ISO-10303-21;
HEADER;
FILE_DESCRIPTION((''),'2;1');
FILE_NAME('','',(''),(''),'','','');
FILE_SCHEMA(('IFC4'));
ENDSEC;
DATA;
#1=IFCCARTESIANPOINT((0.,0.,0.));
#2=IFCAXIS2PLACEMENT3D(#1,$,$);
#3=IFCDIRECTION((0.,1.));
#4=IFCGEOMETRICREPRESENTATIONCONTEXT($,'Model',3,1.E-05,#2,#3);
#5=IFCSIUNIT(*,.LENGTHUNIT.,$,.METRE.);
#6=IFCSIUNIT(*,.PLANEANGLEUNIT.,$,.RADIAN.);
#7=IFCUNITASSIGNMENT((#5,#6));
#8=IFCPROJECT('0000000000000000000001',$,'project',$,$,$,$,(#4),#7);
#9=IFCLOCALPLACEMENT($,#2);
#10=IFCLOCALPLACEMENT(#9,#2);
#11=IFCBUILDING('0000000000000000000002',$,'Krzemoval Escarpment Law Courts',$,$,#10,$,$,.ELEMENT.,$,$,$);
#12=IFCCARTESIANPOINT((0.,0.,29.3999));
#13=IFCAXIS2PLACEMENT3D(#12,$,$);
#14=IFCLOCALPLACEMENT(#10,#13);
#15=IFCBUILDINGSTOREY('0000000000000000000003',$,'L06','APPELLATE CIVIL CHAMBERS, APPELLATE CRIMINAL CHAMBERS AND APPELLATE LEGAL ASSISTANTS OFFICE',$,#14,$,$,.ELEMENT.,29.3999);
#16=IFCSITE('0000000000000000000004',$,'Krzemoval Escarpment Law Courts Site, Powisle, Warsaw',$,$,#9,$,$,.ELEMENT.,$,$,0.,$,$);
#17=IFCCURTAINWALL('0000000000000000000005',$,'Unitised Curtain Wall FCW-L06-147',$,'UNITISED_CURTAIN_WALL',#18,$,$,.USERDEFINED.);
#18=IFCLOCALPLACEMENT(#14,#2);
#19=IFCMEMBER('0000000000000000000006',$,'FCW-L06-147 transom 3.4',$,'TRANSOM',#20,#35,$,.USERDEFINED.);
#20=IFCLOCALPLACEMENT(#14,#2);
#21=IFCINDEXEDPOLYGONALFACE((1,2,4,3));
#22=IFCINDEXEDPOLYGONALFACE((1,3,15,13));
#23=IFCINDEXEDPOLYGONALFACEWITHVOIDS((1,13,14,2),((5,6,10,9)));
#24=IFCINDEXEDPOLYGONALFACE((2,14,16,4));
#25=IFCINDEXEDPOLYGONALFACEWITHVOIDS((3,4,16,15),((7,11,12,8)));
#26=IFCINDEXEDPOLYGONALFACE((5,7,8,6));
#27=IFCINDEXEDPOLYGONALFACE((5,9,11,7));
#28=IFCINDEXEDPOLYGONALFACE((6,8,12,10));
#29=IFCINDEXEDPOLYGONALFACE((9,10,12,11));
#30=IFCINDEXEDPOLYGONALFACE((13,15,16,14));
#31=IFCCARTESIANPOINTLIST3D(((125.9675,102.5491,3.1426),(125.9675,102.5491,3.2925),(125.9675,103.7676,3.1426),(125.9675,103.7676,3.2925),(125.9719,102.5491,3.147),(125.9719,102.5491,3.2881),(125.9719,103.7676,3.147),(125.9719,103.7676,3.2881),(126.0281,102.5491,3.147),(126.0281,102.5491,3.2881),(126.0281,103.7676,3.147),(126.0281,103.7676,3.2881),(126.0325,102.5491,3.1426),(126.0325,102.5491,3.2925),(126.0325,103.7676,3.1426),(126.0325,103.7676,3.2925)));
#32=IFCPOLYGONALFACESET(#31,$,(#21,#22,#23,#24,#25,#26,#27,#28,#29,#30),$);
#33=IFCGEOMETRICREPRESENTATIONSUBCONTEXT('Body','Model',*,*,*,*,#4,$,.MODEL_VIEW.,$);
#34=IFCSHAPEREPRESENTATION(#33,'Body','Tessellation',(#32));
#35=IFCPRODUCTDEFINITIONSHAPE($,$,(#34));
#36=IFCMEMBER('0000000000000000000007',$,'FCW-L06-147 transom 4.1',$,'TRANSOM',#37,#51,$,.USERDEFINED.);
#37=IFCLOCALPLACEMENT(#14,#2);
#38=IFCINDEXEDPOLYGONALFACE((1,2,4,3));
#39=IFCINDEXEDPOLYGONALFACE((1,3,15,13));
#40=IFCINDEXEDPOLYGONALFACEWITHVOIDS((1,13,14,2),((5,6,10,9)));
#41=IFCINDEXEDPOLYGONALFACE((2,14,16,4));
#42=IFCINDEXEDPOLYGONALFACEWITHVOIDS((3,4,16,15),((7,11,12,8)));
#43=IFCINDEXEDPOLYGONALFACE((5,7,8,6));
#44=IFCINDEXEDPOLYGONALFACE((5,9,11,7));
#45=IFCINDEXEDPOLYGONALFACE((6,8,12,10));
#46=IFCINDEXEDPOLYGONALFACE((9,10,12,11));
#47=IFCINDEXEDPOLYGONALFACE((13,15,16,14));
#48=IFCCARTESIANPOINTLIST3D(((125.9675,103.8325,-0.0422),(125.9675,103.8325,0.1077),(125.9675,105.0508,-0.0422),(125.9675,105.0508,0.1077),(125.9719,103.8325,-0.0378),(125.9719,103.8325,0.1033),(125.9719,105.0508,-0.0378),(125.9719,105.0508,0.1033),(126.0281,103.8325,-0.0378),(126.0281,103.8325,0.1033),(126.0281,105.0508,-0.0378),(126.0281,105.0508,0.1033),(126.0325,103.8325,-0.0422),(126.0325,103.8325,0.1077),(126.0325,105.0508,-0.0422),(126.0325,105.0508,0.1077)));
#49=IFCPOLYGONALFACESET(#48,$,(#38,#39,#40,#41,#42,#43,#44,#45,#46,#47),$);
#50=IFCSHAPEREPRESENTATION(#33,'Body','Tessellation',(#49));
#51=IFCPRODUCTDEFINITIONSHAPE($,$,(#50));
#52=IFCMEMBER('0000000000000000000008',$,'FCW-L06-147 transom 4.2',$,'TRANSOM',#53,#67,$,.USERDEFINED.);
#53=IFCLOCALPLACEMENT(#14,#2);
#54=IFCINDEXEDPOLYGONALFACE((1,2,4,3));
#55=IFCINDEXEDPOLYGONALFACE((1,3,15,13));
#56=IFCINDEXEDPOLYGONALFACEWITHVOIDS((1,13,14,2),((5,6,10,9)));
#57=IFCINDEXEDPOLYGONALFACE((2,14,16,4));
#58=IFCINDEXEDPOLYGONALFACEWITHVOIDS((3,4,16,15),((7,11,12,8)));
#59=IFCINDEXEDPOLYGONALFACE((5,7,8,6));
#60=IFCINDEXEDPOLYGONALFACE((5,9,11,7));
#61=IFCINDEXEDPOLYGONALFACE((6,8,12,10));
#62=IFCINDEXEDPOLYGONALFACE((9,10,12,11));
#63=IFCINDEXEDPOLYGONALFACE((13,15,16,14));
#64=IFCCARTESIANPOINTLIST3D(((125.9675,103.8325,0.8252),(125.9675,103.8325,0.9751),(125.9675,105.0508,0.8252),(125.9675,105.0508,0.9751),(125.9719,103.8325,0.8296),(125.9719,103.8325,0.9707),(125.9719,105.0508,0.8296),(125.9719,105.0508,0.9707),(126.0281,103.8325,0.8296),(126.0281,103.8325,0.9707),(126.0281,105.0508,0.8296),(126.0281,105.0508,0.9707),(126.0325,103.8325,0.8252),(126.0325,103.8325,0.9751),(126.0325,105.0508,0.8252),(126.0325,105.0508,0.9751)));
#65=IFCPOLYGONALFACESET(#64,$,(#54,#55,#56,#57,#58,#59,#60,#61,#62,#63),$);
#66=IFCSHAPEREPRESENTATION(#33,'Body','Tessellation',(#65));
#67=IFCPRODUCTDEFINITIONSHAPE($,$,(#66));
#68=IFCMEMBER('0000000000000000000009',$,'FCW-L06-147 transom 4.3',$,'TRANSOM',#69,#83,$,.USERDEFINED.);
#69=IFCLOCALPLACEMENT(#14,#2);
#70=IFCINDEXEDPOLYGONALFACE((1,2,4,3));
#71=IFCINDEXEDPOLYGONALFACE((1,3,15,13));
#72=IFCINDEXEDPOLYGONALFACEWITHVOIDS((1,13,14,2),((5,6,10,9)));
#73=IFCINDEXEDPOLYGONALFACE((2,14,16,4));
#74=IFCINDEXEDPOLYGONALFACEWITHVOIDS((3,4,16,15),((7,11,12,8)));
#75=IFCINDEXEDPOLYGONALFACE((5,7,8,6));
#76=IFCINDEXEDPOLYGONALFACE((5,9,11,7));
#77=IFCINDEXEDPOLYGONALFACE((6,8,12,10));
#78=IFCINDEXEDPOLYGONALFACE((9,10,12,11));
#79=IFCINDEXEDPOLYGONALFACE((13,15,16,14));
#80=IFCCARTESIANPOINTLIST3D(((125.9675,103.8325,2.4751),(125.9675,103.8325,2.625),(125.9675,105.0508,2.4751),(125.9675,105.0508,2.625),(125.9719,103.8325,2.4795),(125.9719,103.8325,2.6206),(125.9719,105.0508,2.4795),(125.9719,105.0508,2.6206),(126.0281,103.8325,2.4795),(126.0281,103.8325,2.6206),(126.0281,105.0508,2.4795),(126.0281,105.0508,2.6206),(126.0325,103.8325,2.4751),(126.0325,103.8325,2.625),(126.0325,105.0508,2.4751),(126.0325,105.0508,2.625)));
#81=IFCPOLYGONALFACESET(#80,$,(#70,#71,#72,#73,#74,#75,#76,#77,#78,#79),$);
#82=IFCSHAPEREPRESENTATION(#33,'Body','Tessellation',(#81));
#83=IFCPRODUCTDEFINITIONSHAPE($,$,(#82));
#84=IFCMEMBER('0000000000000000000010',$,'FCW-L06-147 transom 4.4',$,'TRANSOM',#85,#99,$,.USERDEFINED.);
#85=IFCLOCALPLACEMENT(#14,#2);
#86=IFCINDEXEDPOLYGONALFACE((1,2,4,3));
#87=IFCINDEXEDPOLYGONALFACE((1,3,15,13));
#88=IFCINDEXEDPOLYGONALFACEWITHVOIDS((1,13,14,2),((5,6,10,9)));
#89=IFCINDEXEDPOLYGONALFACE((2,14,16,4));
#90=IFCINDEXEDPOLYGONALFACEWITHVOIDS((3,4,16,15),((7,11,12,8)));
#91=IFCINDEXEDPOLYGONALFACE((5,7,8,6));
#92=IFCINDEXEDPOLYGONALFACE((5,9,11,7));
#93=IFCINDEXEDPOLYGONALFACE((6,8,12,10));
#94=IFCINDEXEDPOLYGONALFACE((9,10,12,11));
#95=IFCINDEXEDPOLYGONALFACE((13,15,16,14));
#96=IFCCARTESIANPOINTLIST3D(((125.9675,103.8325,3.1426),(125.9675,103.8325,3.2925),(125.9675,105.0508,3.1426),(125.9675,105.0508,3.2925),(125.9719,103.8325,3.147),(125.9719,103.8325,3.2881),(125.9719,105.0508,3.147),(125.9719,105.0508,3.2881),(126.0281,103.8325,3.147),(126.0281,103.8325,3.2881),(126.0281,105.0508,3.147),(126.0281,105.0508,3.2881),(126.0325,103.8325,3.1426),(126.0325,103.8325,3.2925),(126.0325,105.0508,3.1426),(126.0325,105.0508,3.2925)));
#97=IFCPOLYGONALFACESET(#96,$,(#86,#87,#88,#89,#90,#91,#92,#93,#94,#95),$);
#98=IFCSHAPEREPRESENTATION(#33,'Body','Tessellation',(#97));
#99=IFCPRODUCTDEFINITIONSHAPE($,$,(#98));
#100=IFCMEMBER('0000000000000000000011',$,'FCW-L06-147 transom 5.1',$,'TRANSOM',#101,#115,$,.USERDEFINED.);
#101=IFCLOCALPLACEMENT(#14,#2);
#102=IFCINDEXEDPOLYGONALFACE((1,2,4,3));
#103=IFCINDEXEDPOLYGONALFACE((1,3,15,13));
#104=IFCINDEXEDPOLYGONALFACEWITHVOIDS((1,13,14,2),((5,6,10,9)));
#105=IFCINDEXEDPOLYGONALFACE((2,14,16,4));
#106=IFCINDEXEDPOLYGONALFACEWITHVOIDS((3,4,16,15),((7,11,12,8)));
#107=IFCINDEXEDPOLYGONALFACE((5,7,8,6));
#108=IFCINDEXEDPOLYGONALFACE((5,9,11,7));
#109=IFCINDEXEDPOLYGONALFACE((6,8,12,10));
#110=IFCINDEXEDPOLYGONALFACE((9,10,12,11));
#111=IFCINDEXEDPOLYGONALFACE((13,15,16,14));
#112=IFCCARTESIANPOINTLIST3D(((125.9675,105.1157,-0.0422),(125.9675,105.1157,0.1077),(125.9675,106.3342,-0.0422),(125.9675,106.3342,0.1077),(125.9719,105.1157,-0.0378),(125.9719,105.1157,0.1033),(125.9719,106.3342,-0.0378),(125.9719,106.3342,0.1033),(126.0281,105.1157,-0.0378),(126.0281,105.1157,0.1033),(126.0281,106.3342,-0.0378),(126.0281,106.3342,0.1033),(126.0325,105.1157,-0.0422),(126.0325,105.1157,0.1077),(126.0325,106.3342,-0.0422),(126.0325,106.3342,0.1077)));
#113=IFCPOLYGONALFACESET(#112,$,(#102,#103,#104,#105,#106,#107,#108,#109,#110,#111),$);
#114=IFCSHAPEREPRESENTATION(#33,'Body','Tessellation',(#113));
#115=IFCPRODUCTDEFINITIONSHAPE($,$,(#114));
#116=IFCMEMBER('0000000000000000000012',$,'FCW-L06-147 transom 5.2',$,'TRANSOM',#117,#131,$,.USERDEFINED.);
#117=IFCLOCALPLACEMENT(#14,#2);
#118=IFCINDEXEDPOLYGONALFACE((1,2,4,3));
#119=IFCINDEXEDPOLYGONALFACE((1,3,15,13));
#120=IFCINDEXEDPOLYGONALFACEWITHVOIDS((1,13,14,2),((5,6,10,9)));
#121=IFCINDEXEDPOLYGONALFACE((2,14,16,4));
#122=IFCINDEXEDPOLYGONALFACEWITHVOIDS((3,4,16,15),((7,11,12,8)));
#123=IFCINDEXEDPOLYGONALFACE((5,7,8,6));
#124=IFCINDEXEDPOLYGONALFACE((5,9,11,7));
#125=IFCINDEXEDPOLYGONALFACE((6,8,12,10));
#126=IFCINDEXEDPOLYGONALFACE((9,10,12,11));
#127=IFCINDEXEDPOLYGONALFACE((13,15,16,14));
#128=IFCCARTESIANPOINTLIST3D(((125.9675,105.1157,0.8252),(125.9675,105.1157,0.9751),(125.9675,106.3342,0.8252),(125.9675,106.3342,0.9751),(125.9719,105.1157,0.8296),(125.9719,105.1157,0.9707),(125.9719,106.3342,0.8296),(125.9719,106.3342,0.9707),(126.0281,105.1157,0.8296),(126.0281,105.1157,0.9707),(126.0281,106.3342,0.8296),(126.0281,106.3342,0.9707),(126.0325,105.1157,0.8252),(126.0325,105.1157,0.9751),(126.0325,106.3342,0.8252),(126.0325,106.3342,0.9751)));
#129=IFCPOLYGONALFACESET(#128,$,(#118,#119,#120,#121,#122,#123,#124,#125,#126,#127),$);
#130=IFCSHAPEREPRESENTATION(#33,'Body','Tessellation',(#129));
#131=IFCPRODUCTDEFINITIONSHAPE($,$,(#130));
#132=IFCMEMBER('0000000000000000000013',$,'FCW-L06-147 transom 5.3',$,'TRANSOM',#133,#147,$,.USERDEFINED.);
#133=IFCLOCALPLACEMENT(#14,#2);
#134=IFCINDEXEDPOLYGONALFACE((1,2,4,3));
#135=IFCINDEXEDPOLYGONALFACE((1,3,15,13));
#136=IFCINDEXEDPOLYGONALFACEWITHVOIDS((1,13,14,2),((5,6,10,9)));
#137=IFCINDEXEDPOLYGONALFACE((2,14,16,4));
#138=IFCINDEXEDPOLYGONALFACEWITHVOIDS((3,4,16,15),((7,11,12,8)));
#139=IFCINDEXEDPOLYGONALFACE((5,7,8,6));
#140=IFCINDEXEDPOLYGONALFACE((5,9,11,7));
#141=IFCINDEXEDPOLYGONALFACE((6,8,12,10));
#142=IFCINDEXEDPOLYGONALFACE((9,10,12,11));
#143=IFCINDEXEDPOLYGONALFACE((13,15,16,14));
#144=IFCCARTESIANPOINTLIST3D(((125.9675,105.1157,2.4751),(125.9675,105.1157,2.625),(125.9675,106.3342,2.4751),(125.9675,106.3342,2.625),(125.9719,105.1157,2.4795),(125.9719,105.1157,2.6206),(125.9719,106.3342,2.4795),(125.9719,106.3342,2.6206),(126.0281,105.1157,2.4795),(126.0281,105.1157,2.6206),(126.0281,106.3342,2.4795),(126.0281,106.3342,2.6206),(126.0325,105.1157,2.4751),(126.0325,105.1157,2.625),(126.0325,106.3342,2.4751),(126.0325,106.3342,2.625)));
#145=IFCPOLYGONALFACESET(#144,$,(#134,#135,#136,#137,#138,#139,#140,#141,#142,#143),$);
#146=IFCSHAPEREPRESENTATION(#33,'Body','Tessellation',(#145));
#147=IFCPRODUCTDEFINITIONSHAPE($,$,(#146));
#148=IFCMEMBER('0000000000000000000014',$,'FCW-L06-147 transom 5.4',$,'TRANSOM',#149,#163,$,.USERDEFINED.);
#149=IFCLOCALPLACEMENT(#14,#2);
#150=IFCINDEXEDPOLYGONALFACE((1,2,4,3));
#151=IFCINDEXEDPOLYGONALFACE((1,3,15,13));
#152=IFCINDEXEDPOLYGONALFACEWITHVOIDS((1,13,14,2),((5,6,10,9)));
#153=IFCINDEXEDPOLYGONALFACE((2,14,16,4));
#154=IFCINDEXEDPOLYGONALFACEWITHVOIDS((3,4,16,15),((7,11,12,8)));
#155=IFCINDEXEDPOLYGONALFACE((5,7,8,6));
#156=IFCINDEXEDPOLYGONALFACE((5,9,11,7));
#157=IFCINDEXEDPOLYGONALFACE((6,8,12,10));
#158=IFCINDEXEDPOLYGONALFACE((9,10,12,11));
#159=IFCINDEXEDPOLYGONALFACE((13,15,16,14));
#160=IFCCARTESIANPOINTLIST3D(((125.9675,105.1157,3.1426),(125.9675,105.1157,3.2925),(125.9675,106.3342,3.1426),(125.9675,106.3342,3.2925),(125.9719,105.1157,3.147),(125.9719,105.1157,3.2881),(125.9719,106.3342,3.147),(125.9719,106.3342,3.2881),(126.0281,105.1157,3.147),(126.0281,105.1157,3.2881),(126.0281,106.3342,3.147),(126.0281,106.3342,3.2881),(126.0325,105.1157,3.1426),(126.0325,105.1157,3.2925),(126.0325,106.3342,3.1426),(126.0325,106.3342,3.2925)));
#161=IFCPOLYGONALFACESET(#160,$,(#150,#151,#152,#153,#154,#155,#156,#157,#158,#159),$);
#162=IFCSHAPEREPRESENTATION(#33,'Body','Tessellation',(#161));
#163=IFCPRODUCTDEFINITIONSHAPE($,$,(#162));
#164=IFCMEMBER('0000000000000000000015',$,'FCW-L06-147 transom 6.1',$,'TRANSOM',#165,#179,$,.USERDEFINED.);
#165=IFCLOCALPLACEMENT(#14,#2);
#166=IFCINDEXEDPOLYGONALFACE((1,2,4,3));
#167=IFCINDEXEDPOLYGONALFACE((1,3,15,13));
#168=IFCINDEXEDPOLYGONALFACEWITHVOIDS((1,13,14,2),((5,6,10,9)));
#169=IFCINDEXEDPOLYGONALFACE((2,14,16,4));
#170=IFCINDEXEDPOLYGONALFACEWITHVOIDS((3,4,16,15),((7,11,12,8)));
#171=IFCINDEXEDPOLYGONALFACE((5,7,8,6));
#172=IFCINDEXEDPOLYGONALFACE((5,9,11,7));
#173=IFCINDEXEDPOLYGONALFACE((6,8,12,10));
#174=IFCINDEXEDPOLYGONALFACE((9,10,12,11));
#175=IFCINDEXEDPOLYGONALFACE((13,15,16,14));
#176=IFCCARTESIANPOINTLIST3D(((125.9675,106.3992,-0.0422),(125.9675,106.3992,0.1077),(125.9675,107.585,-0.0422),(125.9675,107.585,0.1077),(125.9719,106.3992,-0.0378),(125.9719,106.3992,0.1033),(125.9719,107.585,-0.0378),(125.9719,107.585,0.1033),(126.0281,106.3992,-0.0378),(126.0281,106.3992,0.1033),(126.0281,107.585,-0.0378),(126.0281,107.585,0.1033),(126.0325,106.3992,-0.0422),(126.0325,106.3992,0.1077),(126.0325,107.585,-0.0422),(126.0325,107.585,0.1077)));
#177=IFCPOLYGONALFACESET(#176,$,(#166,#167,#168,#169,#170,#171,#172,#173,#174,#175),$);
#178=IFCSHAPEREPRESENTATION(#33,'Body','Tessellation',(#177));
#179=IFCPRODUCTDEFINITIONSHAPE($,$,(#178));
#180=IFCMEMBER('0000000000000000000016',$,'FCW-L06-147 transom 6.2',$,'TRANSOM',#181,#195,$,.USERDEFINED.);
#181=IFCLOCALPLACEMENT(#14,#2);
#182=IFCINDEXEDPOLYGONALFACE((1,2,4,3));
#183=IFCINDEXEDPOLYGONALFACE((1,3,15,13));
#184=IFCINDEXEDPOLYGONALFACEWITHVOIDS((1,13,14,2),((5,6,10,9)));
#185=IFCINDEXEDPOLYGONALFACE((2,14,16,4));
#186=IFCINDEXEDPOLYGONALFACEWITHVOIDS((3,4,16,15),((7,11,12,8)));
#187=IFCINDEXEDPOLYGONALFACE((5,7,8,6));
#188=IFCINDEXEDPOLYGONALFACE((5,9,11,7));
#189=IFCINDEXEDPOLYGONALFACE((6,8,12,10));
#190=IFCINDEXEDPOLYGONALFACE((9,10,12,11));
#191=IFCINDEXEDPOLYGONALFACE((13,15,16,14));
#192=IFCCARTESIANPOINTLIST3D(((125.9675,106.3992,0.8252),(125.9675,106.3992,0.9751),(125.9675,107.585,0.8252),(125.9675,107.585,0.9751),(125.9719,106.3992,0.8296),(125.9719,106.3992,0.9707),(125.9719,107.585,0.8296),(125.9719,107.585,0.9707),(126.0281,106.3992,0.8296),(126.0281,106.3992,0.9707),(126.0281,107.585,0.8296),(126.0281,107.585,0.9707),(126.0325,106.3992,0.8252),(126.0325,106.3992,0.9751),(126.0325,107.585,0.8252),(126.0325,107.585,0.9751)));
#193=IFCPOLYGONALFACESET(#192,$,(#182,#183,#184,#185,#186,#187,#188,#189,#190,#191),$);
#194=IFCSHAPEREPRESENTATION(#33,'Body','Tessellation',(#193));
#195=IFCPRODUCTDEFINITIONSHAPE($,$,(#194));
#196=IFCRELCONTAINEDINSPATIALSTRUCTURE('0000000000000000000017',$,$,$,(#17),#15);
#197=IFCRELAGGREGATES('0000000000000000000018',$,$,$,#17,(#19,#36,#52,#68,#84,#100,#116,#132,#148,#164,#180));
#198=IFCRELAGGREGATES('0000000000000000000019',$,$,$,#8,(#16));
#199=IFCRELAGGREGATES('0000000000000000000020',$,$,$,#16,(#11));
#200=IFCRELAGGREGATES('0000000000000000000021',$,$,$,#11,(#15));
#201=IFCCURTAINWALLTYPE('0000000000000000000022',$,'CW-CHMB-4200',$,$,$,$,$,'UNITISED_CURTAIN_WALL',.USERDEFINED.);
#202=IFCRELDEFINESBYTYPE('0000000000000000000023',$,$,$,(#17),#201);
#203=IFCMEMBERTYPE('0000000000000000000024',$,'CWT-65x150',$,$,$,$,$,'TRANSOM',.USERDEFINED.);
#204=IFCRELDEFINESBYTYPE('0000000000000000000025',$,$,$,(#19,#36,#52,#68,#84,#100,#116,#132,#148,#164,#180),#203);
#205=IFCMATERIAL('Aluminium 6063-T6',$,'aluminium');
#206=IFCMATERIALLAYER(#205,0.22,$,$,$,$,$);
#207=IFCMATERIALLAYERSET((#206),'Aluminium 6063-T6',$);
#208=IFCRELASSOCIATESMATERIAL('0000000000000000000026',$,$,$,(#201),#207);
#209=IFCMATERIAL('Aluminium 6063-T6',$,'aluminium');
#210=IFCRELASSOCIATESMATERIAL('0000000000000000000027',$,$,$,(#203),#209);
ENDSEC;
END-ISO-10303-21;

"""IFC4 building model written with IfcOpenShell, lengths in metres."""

from ifc_helpers import new_model, si_unit, direction, frame, origin, origin_2d, place, context, subcontext, project, spatial, hollow_rectangle, extrude, material, layer, layer_set, material_profile, profile_set, type_object, element, aggregate, save


model = new_model("IFC4")

# Units and contexts
model_context = context("Model", 3, precision=1e-05, world=origin(), true_north=direction((0.0, 1.0)))
body_context = subcontext(model_context, "Body", "Model", "MODEL_VIEW")
ifc_project = project(units=[si_unit("LENGTHUNIT", "METRE"), si_unit("PLANEANGLEUNIT", "RADIAN")], contexts=[model_context])

# Site, building, storey
site_placement = place(None, origin())
site = spatial("IfcSite", under=ifc_project, at=site_placement, Name="Krzemoval Escarpment Law Courts Site, Powisle, Warsaw", CompositionType="ELEMENT", RefElevation=0.0)
building_placement = place(site_placement, origin())
building = spatial("IfcBuilding", under=site, at=building_placement, Name="Krzemoval Escarpment Law Courts", CompositionType="ELEMENT")
storey_placement = place(building_placement, frame((0.0, 0.0, 29.3999)))
storey = spatial("IfcBuildingStorey", under=building, at=storey_placement, Name="L06", Description="APPELLATE CIVIL CHAMBERS, APPELLATE CRIMINAL CHAMBERS AND APPELLATE LEGAL ASSISTANTS OFFICE", CompositionType="ELEMENT", Elevation=29.3999)

# Curtain wall
ifc_material_1 = material(Name="Aluminium 6063-T6", Category="aluminium")
ifc_layer_1 = layer(ifc_material_1, 0.22)
ifc_layer_set_1 = layer_set([ifc_layer_1], Name="Aluminium 6063-T6")
curtain_wall_type = type_object("IfcCurtainWallType", Name="CW-CHMB-4200", ElementType="UNITISED_CURTAIN_WALL", PredefinedType="USERDEFINED", material=ifc_layer_set_1)
curtain_wall_1_placement = place(storey_placement, origin())
curtain_wall_1 = element("IfcCurtainWall", 1, at=curtain_wall_1_placement, inside=storey, type_object=curtain_wall_type, Name="Unitised Curtain Wall FCW-L06-147", ObjectType="UNITISED_CURTAIN_WALL", PredefinedType="USERDEFINED")

# Members
ifc_material_2 = material(Name="Aluminium 6063-T6", Category="aluminium")
ifc_material_profile_1 = material_profile(ifc_material_2, hollow_rectangle(XDim=0.0649, YDim=0.1499, WallThickness=0.0044, at=origin_2d()), Name="ALU T65x150")
ifc_profile_set_1 = profile_set([ifc_material_profile_1], Name="Aluminium 6063-T6")
member_type_1 = type_object("IfcMemberType", Name="CWT-65x150", ElementType="TRANSOM", PredefinedType="USERDEFINED", material=ifc_profile_set_1)
member_1_placement = place(storey_placement, frame((126.0, 102.5491, 3.2175), z_axis=(0.0, 1.0, 0.0), x_axis=(-1.0, 0.0, 0.0)))
member_1 = element("IfcMember", 2, at=member_1_placement, type_object=member_type_1, Name="FCW-L06-147 transom 3.4", ObjectType="TRANSOM", PredefinedType="USERDEFINED", context=body_context, shape_type="SweptSolid", body=[
    extrude(hollow_rectangle(XDim=0.0649, YDim=0.1499, WallThickness=0.0044, at=origin_2d()), origin(), (0.0, 0.0, 1.0), 1.2185),
])
member_2_placement = place(storey_placement, frame((126.0, 103.8325, 0.0327), z_axis=(0.0, 1.0, 0.0), x_axis=(-1.0, 0.0, 0.0)))
member_2 = element("IfcMember", 3, at=member_2_placement, type_object=member_type_1, Name="FCW-L06-147 transom 4.1", ObjectType="TRANSOM", PredefinedType="USERDEFINED", context=body_context, shape_type="SweptSolid", body=[
    extrude(hollow_rectangle(XDim=0.0649, YDim=0.1499, WallThickness=0.0044, at=origin_2d()), origin(), (0.0, 0.0, 1.0), 1.2183),
])
member_3_placement = place(storey_placement, frame((126.0, 103.8325, 0.9001), z_axis=(0.0, 1.0, 0.0), x_axis=(-1.0, 0.0, 0.0)))
member_3 = element("IfcMember", 4, at=member_3_placement, type_object=member_type_1, Name="FCW-L06-147 transom 4.2", ObjectType="TRANSOM", PredefinedType="USERDEFINED", context=body_context, shape_type="SweptSolid", body=[
    extrude(hollow_rectangle(XDim=0.0649, YDim=0.1499, WallThickness=0.0044, at=origin_2d()), origin(), (0.0, 0.0, 1.0), 1.2183),
])
member_4_placement = place(storey_placement, frame((126.0, 103.8325, 2.55), z_axis=(0.0, 1.0, 0.0), x_axis=(-1.0, 0.0, 0.0)))
member_4 = element("IfcMember", 5, at=member_4_placement, type_object=member_type_1, Name="FCW-L06-147 transom 4.3", ObjectType="TRANSOM", PredefinedType="USERDEFINED", context=body_context, shape_type="SweptSolid", body=[
    extrude(hollow_rectangle(XDim=0.0649, YDim=0.1499, WallThickness=0.0044, at=origin_2d()), origin(), (0.0, 0.0, 1.0), 1.2183),
])
member_5_placement = place(storey_placement, frame((126.0, 103.8325, 3.2175), z_axis=(0.0, 1.0, 0.0), x_axis=(-1.0, 0.0, 0.0)))
member_5 = element("IfcMember", 6, at=member_5_placement, type_object=member_type_1, Name="FCW-L06-147 transom 4.4", ObjectType="TRANSOM", PredefinedType="USERDEFINED", context=body_context, shape_type="SweptSolid", body=[
    extrude(hollow_rectangle(XDim=0.0649, YDim=0.1499, WallThickness=0.0044, at=origin_2d()), origin(), (0.0, 0.0, 1.0), 1.2183),
])
member_6_placement = place(storey_placement, frame((126.0, 105.1157, 0.0327), z_axis=(0.0, 1.0, 0.0), x_axis=(-1.0, 0.0, 0.0)))
member_6 = element("IfcMember", 7, at=member_6_placement, type_object=member_type_1, Name="FCW-L06-147 transom 5.1", ObjectType="TRANSOM", PredefinedType="USERDEFINED", context=body_context, shape_type="SweptSolid", body=[
    extrude(hollow_rectangle(XDim=0.0649, YDim=0.1499, WallThickness=0.0044, at=origin_2d()), origin(), (0.0, 0.0, 1.0), 1.2185),
])
member_7_placement = place(storey_placement, frame((126.0, 105.1157, 0.9001), z_axis=(0.0, 1.0, 0.0), x_axis=(-1.0, 0.0, 0.0)))
member_7 = element("IfcMember", 8, at=member_7_placement, type_object=member_type_1, Name="FCW-L06-147 transom 5.2", ObjectType="TRANSOM", PredefinedType="USERDEFINED", context=body_context, shape_type="SweptSolid", body=[
    extrude(hollow_rectangle(XDim=0.0649, YDim=0.1499, WallThickness=0.0044, at=origin_2d()), origin(), (0.0, 0.0, 1.0), 1.2185),
])
member_8_placement = place(storey_placement, frame((126.0, 105.1157, 2.55), z_axis=(0.0, 1.0, 0.0), x_axis=(-1.0, 0.0, 0.0)))
member_8 = element("IfcMember", 9, at=member_8_placement, type_object=member_type_1, Name="FCW-L06-147 transom 5.3", ObjectType="TRANSOM", PredefinedType="USERDEFINED", context=body_context, shape_type="SweptSolid", body=[
    extrude(hollow_rectangle(XDim=0.0649, YDim=0.1499, WallThickness=0.0044, at=origin_2d()), origin(), (0.0, 0.0, 1.0), 1.2185),
])
member_9_placement = place(storey_placement, frame((126.0, 105.1157, 3.2175), z_axis=(0.0, 1.0, 0.0), x_axis=(-1.0, 0.0, 0.0)))
member_9 = element("IfcMember", 10, at=member_9_placement, type_object=member_type_1, Name="FCW-L06-147 transom 5.4", ObjectType="TRANSOM", PredefinedType="USERDEFINED", context=body_context, shape_type="SweptSolid", body=[
    extrude(hollow_rectangle(XDim=0.0649, YDim=0.1499, WallThickness=0.0044, at=origin_2d()), origin(), (0.0, 0.0, 1.0), 1.2185),
])
member_10_placement = place(storey_placement, frame((126.0, 106.3992, 0.0327), z_axis=(0.0, 1.0, 0.0), x_axis=(-1.0, 0.0, 0.0)))
member_10 = element("IfcMember", 11, at=member_10_placement, type_object=member_type_1, Name="FCW-L06-147 transom 6.1", ObjectType="TRANSOM", PredefinedType="USERDEFINED", context=body_context, shape_type="SweptSolid", body=[
    extrude(hollow_rectangle(XDim=0.0649, YDim=0.1499, WallThickness=0.0044, at=origin_2d()), origin(), (0.0, 0.0, 1.0), 1.1858),
])
member_11_placement = place(storey_placement, frame((126.0, 106.3992, 0.9001), z_axis=(0.0, 1.0, 0.0), x_axis=(-1.0, 0.0, 0.0)))
member_11 = element("IfcMember", 12, at=member_11_placement, type_object=member_type_1, Name="FCW-L06-147 transom 6.2", ObjectType="TRANSOM", PredefinedType="USERDEFINED", context=body_context, shape_type="SweptSolid", body=[
    extrude(hollow_rectangle(XDim=0.0649, YDim=0.1499, WallThickness=0.0044, at=origin_2d()), origin(), (0.0, 0.0, 1.0), 1.1858),
])

aggregate(curtain_wall_1, [member_1, member_2, member_3, member_4, member_5, member_6, member_7, member_8, member_9, member_10, member_11])

save(model, "model.ifc")
